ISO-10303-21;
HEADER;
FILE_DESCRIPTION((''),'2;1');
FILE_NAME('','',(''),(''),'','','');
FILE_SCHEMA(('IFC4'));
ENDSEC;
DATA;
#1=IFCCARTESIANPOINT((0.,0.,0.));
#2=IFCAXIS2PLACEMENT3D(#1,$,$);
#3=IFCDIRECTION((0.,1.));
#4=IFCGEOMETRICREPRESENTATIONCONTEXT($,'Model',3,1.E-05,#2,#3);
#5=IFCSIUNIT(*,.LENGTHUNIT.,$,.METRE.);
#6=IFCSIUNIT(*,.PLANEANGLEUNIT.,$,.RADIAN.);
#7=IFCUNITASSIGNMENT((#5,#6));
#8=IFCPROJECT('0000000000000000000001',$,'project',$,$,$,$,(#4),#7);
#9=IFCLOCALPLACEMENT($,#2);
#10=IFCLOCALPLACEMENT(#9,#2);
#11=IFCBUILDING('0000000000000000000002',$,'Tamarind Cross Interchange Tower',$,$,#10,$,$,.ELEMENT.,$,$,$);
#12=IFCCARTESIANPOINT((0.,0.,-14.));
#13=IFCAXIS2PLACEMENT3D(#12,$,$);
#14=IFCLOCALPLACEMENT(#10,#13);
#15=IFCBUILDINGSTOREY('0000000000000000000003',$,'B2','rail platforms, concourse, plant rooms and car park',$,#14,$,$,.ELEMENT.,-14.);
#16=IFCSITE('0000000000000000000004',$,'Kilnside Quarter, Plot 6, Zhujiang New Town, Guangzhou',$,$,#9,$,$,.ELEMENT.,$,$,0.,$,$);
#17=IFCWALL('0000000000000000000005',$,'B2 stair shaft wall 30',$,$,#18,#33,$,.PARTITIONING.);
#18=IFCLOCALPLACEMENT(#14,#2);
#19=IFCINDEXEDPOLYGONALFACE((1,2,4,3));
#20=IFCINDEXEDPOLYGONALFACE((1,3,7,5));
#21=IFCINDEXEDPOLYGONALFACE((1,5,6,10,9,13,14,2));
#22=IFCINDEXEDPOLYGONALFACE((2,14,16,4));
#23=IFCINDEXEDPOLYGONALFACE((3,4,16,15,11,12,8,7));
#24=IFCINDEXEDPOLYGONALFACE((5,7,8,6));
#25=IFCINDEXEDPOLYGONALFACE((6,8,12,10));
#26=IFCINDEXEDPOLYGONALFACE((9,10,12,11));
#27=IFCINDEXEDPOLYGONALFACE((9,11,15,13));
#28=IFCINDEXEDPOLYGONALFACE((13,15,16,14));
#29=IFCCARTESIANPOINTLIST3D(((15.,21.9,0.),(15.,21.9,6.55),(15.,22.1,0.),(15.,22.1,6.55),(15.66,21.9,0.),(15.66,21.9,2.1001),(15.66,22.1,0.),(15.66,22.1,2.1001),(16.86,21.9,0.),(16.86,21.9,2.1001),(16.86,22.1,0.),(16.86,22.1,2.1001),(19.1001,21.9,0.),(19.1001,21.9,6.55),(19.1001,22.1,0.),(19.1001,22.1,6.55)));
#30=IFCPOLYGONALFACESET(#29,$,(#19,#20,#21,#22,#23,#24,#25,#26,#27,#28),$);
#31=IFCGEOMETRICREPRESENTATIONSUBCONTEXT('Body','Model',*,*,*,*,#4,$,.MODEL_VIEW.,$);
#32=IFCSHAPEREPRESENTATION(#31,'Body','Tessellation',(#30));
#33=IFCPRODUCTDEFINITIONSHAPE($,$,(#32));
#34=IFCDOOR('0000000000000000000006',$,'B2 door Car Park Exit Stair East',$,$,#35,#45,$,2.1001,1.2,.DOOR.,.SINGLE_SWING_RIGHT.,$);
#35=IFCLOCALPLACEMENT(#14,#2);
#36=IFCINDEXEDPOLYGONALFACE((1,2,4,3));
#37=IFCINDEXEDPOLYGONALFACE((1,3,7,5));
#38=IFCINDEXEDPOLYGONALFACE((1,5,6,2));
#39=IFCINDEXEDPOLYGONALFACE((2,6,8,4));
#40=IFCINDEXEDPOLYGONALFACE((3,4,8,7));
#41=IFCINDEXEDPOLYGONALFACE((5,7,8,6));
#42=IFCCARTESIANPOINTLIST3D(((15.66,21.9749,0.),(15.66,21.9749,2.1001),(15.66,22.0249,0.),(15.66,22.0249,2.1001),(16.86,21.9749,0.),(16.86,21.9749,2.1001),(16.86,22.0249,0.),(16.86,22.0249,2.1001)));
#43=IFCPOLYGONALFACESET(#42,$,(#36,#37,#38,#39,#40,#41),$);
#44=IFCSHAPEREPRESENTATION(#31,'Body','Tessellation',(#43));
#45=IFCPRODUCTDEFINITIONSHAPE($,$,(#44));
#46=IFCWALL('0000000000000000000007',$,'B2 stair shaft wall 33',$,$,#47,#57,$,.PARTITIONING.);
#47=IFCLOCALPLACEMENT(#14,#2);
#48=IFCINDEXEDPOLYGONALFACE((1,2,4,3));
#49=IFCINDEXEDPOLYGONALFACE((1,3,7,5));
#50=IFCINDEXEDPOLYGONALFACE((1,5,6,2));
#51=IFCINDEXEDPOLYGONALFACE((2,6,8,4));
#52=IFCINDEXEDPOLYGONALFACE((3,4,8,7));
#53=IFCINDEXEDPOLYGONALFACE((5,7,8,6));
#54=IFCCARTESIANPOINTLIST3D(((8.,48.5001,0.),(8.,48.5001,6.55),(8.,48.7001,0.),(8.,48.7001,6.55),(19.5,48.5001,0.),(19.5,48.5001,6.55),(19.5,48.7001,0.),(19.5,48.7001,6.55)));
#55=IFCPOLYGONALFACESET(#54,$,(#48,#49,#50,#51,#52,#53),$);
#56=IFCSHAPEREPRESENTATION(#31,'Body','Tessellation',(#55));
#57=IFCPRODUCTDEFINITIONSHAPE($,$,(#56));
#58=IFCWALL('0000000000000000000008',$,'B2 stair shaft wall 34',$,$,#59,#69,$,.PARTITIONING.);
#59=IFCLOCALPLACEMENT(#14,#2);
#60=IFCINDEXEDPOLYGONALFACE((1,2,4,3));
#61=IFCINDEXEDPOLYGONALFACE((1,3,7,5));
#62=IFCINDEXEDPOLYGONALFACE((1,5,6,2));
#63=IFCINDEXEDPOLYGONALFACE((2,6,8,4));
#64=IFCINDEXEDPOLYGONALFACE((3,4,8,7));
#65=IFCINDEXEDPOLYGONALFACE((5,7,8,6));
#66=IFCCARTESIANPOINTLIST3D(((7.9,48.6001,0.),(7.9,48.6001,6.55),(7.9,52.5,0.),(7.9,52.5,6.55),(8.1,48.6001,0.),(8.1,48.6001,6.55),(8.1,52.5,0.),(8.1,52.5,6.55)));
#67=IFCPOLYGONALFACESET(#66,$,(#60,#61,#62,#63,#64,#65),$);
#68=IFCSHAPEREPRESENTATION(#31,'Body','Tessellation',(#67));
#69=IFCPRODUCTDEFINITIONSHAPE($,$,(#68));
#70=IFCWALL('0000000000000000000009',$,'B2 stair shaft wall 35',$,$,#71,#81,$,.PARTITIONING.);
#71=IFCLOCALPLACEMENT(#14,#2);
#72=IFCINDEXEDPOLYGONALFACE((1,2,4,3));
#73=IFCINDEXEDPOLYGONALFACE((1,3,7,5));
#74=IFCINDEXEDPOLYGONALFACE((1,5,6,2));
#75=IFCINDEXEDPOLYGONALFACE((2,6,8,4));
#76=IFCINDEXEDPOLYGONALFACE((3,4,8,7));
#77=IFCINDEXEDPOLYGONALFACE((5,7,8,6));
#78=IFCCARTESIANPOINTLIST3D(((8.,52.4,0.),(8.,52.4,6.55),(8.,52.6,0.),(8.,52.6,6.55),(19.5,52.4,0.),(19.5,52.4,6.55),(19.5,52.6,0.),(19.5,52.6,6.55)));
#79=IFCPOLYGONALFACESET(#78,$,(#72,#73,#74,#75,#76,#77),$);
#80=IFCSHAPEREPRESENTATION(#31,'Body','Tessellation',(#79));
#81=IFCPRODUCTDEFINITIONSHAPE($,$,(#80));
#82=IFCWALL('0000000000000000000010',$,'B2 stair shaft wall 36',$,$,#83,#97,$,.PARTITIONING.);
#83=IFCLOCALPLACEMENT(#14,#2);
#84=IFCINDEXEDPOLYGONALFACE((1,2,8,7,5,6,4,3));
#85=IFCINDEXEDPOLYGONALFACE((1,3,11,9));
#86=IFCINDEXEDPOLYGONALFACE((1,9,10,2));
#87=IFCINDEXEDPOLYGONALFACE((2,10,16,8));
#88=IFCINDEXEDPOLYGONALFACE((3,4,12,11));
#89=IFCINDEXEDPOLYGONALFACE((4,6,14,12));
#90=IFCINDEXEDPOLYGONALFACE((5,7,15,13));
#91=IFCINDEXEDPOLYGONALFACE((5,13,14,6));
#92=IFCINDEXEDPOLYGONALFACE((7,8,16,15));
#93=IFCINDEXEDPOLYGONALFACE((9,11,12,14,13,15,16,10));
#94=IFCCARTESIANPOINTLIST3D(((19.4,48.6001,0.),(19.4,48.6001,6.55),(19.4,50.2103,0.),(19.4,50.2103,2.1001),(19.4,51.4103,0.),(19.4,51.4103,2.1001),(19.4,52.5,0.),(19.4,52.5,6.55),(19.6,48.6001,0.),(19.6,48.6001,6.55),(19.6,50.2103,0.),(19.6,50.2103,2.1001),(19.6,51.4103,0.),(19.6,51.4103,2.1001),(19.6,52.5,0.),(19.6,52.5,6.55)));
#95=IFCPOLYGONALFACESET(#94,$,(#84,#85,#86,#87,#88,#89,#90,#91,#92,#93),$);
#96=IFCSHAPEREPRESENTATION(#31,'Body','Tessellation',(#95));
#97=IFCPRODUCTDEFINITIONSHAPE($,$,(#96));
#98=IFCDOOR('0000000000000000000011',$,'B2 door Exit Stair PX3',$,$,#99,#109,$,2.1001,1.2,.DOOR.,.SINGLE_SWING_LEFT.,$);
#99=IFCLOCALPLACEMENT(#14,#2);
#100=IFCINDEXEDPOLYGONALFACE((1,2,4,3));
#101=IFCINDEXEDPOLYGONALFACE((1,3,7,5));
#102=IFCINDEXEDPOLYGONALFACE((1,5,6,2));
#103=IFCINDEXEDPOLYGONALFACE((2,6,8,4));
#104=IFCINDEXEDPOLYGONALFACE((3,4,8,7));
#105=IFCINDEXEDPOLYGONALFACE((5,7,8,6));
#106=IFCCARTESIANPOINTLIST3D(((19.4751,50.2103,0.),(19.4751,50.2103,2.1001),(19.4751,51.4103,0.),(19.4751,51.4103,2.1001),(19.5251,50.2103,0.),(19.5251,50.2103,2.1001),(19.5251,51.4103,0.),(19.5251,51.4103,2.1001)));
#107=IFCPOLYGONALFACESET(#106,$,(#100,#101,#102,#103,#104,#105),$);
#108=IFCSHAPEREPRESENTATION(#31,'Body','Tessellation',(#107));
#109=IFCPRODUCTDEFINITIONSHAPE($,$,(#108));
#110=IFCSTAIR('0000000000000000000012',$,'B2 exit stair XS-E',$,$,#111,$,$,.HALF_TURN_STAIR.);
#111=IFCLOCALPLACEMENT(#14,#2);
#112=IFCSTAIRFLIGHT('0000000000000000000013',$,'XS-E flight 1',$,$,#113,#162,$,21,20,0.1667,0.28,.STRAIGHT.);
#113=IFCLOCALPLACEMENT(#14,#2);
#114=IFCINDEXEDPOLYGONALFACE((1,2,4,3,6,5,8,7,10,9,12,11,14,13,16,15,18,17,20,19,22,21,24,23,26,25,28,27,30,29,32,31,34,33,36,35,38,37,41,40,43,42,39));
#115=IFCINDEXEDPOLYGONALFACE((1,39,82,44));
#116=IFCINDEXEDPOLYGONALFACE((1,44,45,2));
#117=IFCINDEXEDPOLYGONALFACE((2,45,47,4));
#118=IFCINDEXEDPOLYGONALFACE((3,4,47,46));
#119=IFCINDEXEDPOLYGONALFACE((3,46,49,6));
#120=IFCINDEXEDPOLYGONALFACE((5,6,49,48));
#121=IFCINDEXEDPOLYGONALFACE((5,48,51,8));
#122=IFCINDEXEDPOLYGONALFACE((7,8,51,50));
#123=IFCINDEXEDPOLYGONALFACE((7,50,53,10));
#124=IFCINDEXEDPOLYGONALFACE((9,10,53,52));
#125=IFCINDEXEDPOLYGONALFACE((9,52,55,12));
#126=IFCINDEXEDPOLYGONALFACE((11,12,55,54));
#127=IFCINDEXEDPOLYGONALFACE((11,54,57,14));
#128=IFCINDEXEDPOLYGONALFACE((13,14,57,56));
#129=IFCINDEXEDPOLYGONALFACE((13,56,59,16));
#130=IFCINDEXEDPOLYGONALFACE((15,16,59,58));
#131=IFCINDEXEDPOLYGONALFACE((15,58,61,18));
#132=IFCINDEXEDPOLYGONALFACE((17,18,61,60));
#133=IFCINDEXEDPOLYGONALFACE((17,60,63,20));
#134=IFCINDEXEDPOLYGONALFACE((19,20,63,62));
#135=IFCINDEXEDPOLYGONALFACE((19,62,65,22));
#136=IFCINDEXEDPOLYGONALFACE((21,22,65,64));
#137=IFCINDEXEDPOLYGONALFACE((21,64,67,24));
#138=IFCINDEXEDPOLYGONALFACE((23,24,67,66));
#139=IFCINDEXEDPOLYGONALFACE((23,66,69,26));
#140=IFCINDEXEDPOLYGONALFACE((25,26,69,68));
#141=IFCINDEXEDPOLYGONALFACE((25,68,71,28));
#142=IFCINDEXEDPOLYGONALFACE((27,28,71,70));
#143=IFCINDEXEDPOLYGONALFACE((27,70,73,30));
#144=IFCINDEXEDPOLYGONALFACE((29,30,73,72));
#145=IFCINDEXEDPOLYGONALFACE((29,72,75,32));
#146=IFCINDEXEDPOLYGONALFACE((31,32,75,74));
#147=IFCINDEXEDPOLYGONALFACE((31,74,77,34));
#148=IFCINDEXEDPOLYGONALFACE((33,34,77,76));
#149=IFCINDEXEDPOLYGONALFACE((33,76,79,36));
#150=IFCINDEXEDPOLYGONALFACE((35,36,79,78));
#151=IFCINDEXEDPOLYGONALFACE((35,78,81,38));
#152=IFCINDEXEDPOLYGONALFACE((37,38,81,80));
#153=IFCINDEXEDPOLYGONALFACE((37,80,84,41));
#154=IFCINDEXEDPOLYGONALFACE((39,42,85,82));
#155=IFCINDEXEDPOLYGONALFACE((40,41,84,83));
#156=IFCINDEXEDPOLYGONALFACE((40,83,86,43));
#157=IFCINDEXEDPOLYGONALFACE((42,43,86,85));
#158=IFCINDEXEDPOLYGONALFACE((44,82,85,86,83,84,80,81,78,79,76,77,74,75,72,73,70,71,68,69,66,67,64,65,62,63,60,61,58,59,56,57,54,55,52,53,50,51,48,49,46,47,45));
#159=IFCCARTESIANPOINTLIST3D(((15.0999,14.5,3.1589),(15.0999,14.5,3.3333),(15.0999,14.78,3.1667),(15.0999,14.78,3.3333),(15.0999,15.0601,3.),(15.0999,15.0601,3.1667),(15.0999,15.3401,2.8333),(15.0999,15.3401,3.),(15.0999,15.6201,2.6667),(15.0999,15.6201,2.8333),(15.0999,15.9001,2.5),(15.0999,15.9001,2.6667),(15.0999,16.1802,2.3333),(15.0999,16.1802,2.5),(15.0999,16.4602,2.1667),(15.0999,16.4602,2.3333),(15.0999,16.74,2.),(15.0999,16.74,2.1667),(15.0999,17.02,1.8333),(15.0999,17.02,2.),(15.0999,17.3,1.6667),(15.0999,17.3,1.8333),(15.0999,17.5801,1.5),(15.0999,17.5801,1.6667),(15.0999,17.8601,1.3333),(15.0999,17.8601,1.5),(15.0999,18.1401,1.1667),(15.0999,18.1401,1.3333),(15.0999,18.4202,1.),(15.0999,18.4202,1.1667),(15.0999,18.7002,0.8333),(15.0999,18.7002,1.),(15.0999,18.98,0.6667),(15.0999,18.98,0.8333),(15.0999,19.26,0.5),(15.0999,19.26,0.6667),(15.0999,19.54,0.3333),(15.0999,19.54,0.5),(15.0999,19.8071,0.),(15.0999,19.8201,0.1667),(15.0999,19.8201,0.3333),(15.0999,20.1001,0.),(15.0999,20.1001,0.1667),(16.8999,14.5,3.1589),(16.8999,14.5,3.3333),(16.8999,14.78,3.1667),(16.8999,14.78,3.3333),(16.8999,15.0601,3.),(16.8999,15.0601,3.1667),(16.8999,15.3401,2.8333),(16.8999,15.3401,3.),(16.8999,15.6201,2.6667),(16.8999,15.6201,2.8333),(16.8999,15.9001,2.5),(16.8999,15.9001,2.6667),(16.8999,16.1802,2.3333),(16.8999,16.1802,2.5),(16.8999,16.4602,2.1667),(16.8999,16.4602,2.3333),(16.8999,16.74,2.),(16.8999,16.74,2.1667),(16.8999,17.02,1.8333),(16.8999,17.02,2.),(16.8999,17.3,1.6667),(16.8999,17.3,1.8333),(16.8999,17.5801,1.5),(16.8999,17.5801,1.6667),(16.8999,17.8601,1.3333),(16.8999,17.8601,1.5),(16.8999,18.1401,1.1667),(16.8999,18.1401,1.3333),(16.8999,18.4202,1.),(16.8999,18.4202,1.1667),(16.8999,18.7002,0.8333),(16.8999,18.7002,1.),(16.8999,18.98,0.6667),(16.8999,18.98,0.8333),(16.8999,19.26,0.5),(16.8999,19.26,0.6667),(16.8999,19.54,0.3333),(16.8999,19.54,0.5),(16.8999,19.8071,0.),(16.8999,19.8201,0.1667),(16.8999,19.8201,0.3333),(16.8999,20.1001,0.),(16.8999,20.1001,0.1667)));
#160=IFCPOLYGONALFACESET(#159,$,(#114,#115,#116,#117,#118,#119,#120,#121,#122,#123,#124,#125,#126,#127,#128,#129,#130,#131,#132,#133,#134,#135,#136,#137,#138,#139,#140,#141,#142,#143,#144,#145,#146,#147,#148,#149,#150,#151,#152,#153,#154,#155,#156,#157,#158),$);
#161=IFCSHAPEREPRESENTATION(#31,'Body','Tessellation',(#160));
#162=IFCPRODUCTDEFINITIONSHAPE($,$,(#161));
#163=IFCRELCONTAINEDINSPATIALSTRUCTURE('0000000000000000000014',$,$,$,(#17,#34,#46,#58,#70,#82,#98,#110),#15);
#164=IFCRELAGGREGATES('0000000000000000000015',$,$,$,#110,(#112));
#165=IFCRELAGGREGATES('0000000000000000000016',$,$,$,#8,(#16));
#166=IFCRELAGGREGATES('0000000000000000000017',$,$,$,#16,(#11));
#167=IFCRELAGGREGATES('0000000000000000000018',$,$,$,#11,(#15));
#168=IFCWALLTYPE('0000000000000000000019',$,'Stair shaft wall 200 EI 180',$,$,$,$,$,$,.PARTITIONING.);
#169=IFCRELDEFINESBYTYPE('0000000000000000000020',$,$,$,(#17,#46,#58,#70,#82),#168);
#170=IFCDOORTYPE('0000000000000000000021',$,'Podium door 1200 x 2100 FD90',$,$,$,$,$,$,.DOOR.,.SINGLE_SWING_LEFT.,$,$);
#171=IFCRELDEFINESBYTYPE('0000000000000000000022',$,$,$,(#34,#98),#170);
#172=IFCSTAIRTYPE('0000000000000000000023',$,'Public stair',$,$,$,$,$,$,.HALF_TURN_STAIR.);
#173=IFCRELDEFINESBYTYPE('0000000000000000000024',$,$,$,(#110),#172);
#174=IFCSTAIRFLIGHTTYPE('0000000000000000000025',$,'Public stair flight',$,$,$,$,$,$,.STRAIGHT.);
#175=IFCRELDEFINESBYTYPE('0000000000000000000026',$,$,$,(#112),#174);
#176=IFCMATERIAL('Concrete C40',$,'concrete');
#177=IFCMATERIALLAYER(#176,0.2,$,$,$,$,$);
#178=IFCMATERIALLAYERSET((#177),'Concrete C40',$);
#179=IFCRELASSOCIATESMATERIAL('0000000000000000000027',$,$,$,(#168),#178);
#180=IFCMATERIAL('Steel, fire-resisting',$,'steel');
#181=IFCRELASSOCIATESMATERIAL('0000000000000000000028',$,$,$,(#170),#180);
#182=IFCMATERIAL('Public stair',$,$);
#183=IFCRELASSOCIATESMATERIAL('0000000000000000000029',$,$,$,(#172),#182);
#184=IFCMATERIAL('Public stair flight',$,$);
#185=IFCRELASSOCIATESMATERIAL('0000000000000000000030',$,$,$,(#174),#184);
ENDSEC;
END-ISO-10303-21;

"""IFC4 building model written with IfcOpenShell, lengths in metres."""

from ifc_helpers import new_model, si_unit, direction, frame, frame_2d, origin, place, context, subcontext, project, spatial, polyline, rectangle, outline, extrude, material, layer, layer_set, type_object, element, fill, aggregate, save


model = new_model("IFC4")

# Units and contexts
model_context = context("Model", 3, precision=1e-05, world=origin(), true_north=direction((0.0, 1.0)))
body_context = subcontext(model_context, "Body", "Model", "MODEL_VIEW")
ifc_project = project(units=[si_unit("LENGTHUNIT", "METRE"), si_unit("PLANEANGLEUNIT", "RADIAN")], contexts=[model_context])

# Site, building, storey
site_placement = place(None, origin())
site = spatial("IfcSite", under=ifc_project, at=site_placement, Name="Kilnside Quarter, Plot 6, Zhujiang New Town, Guangzhou", CompositionType="ELEMENT", RefElevation=0.0)
building_placement = place(site_placement, origin())
building = spatial("IfcBuilding", under=site, at=building_placement, Name="Tamarind Cross Interchange Tower", CompositionType="ELEMENT")
storey_placement = place(building_placement, frame((0.0, 0.0, -14.0)))
storey = spatial("IfcBuildingStorey", under=building, at=storey_placement, Name="B2", Description="rail platforms, concourse, plant rooms and car park", CompositionType="ELEMENT", Elevation=-14.0)

# Wall, opening, door
ifc_material_1 = material(Name="Concrete C40", Category="concrete")
ifc_layer = layer(ifc_material_1, 0.2)
ifc_layer_set = layer_set([ifc_layer], Name="Concrete C40")
wall_type = type_object("IfcWallType", Name="Stair shaft wall 200 EI 180", PredefinedType="PARTITIONING", material=ifc_layer_set)
wall_1_placement = place(storey_placement, frame((15.0, 22.0, 0.0), z_axis=(0.0, 0.0, 1.0), x_axis=(1.0, 0.0, 0.0)))
wall_1 = element("IfcWall", 1, at=wall_1_placement, inside=storey, type_object=wall_type, Name="B2 stair shaft wall 30", PredefinedType="PARTITIONING", context=body_context, shape_type="SweptSolid", body=[
    extrude(rectangle(XDim=4.1001, YDim=0.2, at=frame_2d((2.05, 0.0))), origin(), (0.0, 0.0, 1.0), 6.55),
])
opening_1_placement = place(wall_1_placement, frame((0.6599, 0.0, 0.0)))
opening_1 = element("IfcOpeningElement", 2, at=opening_1_placement, cuts=wall_1, PredefinedType="OPENING", context=body_context, shape_type="SweptSolid", body=[
    extrude(rectangle(XDim=1.2, YDim=2.1001, at=frame_2d((0.6001, 1.05))), frame((0.0, 0.1099, 0.0), z_axis=(0.0, -1.0, 0.0), x_axis=(1.0, 0.0, 0.0)), (0.0, 0.0, 1.0), 0.22),
])
ifc_material_2 = material(Name="Steel, fire-resisting", Category="steel")
door_type = type_object("IfcDoorType", Name="Podium door 1200 x 2100 FD90", OperationType="SINGLE_SWING_LEFT", PredefinedType="DOOR", material=ifc_material_2)
door_1_placement = place(opening_1_placement, origin())
door_1 = element("IfcDoor", 3, at=door_1_placement, inside=storey, type_object=door_type, Name="B2 door Car Park Exit Stair East", OperationType="SINGLE_SWING_RIGHT", OverallHeight=2.1001, OverallWidth=1.2, PredefinedType="DOOR", context=body_context, shape_type="SweptSolid", body=[
    extrude(rectangle(XDim=1.2, YDim=2.1001, at=frame_2d((0.6001, 1.05))), frame((0.0, 0.0249, 0.0), z_axis=(0.0, -1.0, 0.0), x_axis=(1.0, 0.0, 0.0)), (0.0, 0.0, 1.0), 0.05),
])
fill(opening_1, door_1)

# Walls
wall_2_placement = place(storey_placement, frame((8.0, 48.6001, 0.0), z_axis=(0.0, 0.0, 1.0), x_axis=(1.0, 0.0, 0.0)))
element("IfcWall", 4, at=wall_2_placement, inside=storey, type_object=wall_type, Name="B2 stair shaft wall 33", PredefinedType="PARTITIONING", context=body_context, shape_type="SweptSolid", body=[
    extrude(rectangle(XDim=11.5, YDim=0.2, at=frame_2d((5.75, 0.0))), origin(), (0.0, 0.0, 1.0), 6.55),
])
wall_3_placement = place(storey_placement, frame((8.0, 48.6001, 0.0), z_axis=(0.0, 0.0, 1.0), x_axis=(0.0, 1.0, 0.0)))
element("IfcWall", 5, at=wall_3_placement, inside=storey, type_object=wall_type, Name="B2 stair shaft wall 34", PredefinedType="PARTITIONING", context=body_context, shape_type="SweptSolid", body=[
    extrude(rectangle(XDim=3.8999, YDim=0.2, at=frame_2d((1.95, 0.0))), origin(), (0.0, 0.0, 1.0), 6.55),
])
wall_4_placement = place(storey_placement, frame((8.0, 52.5, 0.0), z_axis=(0.0, 0.0, 1.0), x_axis=(1.0, 0.0, 0.0)))
element("IfcWall", 6, at=wall_4_placement, inside=storey, type_object=wall_type, Name="B2 stair shaft wall 35", PredefinedType="PARTITIONING", context=body_context, shape_type="SweptSolid", body=[
    extrude(rectangle(XDim=11.5, YDim=0.2, at=frame_2d((5.75, 0.0))), origin(), (0.0, 0.0, 1.0), 6.55),
])

# Wall, opening, door
wall_5_placement = place(storey_placement, frame((19.5, 48.6001, 0.0), z_axis=(0.0, 0.0, 1.0), x_axis=(0.0, 1.0, 0.0)))
wall_5 = element("IfcWall", 7, at=wall_5_placement, inside=storey, type_object=wall_type, Name="B2 stair shaft wall 36", PredefinedType="PARTITIONING", context=body_context, shape_type="SweptSolid", body=[
    extrude(rectangle(XDim=3.8999, YDim=0.2, at=frame_2d((1.95, 0.0))), origin(), (0.0, 0.0, 1.0), 6.55),
])
opening_2_placement = place(wall_5_placement, frame((1.6101, 0.0, 0.0)))
opening_2 = element("IfcOpeningElement", 8, at=opening_2_placement, cuts=wall_5, PredefinedType="OPENING", context=body_context, shape_type="SweptSolid", body=[
    extrude(rectangle(XDim=1.2, YDim=2.1001, at=frame_2d((0.6001, 1.05))), frame((0.0, 0.1099, 0.0), z_axis=(0.0, -1.0, 0.0), x_axis=(1.0, 0.0, 0.0)), (0.0, 0.0, 1.0), 0.22),
])
door_2_placement = place(opening_2_placement, origin())
door_2 = element("IfcDoor", 9, at=door_2_placement, inside=storey, type_object=door_type, Name="B2 door Exit Stair PX3", OperationType="SINGLE_SWING_LEFT", OverallHeight=2.1001, OverallWidth=1.2, PredefinedType="DOOR", context=body_context, shape_type="SweptSolid", body=[
    extrude(rectangle(XDim=1.2, YDim=2.1001, at=frame_2d((0.6001, 1.05))), frame((0.0, 0.0249, 0.0), z_axis=(0.0, -1.0, 0.0), x_axis=(1.0, 0.0, 0.0)), (0.0, 0.0, 1.0), 0.05),
])
fill(opening_2, door_2)

# Stair, stair flight
ifc_material_3 = material(Name="Public stair")
stair_type = type_object("IfcStairType", Name="Public stair", PredefinedType="HALF_TURN_STAIR", material=ifc_material_3)
stair_1_placement = place(storey_placement, origin())
stair_1 = element("IfcStair", 10, at=stair_1_placement, inside=storey, type_object=stair_type, Name="B2 exit stair XS-E", PredefinedType="HALF_TURN_STAIR")
ifc_material_4 = material(Name="Public stair flight")
stair_flight_type = type_object("IfcStairFlightType", Name="Public stair flight", PredefinedType="STRAIGHT", material=ifc_material_4)
stair_flight_1_placement = place(storey_placement, frame((16.0, 20.1001, 0.0), z_axis=(0.0, 0.0, 1.0), x_axis=(0.0, -1.0, 0.0)))
stair_flight_1 = element("IfcStairFlight", 11, at=stair_flight_1_placement, type_object=stair_flight_type, Name="XS-E flight 1", NumberOfRisers=21, NumberOfTreads=20, PredefinedType="STRAIGHT", RiserHeight=0.1667, TreadLength=0.28, context=body_context, shape_type="SweptSolid", body=[
    extrude(outline(polyline([(0.0, 0.0), (0.0, 0.1667), (0.28, 0.1667), (0.28, 0.3333), (0.5601, 0.3333), (0.5601, 0.5), (0.8401, 0.5), (0.8401, 0.6667), (1.1201, 0.6667), (1.1201, 0.8333), (1.3999, 0.8333), (1.3999, 1.0), (1.6799, 1.0), (1.6799, 1.1667), (1.96, 1.1667), (1.96, 1.3333), (2.24, 1.3333), (2.24, 1.5), (2.52, 1.5), (2.52, 1.6667), (2.8, 1.6667), (2.8, 1.8333), (3.0801, 1.8333), (3.0801, 2.0), (3.3601, 2.0), (3.3601, 2.1667), (3.6399, 2.1667), (3.6399, 2.3333), (3.9199, 2.3333), (3.9199, 2.5), (4.2, 2.5), (4.2, 2.6667), (4.48, 2.6667), (4.48, 2.8333), (4.76, 2.8333), (4.76, 3.0), (5.04, 3.0), (5.04, 3.1667), (5.3201, 3.1667), (5.3201, 3.3333), (5.6001, 3.3333), (5.6001, 3.5), (5.6001, 3.1589), (0.293, 0.0), (0.0, 0.0)])), frame((0.0, 0.8999, 0.0), z_axis=(0.0, -1.0, 0.0), x_axis=(1.0, 0.0, 0.0)), (0.0, 0.0, 1.0), 1.8),
])
aggregate(stair_1, [stair_flight_1])

save(model, "model.ifc")
